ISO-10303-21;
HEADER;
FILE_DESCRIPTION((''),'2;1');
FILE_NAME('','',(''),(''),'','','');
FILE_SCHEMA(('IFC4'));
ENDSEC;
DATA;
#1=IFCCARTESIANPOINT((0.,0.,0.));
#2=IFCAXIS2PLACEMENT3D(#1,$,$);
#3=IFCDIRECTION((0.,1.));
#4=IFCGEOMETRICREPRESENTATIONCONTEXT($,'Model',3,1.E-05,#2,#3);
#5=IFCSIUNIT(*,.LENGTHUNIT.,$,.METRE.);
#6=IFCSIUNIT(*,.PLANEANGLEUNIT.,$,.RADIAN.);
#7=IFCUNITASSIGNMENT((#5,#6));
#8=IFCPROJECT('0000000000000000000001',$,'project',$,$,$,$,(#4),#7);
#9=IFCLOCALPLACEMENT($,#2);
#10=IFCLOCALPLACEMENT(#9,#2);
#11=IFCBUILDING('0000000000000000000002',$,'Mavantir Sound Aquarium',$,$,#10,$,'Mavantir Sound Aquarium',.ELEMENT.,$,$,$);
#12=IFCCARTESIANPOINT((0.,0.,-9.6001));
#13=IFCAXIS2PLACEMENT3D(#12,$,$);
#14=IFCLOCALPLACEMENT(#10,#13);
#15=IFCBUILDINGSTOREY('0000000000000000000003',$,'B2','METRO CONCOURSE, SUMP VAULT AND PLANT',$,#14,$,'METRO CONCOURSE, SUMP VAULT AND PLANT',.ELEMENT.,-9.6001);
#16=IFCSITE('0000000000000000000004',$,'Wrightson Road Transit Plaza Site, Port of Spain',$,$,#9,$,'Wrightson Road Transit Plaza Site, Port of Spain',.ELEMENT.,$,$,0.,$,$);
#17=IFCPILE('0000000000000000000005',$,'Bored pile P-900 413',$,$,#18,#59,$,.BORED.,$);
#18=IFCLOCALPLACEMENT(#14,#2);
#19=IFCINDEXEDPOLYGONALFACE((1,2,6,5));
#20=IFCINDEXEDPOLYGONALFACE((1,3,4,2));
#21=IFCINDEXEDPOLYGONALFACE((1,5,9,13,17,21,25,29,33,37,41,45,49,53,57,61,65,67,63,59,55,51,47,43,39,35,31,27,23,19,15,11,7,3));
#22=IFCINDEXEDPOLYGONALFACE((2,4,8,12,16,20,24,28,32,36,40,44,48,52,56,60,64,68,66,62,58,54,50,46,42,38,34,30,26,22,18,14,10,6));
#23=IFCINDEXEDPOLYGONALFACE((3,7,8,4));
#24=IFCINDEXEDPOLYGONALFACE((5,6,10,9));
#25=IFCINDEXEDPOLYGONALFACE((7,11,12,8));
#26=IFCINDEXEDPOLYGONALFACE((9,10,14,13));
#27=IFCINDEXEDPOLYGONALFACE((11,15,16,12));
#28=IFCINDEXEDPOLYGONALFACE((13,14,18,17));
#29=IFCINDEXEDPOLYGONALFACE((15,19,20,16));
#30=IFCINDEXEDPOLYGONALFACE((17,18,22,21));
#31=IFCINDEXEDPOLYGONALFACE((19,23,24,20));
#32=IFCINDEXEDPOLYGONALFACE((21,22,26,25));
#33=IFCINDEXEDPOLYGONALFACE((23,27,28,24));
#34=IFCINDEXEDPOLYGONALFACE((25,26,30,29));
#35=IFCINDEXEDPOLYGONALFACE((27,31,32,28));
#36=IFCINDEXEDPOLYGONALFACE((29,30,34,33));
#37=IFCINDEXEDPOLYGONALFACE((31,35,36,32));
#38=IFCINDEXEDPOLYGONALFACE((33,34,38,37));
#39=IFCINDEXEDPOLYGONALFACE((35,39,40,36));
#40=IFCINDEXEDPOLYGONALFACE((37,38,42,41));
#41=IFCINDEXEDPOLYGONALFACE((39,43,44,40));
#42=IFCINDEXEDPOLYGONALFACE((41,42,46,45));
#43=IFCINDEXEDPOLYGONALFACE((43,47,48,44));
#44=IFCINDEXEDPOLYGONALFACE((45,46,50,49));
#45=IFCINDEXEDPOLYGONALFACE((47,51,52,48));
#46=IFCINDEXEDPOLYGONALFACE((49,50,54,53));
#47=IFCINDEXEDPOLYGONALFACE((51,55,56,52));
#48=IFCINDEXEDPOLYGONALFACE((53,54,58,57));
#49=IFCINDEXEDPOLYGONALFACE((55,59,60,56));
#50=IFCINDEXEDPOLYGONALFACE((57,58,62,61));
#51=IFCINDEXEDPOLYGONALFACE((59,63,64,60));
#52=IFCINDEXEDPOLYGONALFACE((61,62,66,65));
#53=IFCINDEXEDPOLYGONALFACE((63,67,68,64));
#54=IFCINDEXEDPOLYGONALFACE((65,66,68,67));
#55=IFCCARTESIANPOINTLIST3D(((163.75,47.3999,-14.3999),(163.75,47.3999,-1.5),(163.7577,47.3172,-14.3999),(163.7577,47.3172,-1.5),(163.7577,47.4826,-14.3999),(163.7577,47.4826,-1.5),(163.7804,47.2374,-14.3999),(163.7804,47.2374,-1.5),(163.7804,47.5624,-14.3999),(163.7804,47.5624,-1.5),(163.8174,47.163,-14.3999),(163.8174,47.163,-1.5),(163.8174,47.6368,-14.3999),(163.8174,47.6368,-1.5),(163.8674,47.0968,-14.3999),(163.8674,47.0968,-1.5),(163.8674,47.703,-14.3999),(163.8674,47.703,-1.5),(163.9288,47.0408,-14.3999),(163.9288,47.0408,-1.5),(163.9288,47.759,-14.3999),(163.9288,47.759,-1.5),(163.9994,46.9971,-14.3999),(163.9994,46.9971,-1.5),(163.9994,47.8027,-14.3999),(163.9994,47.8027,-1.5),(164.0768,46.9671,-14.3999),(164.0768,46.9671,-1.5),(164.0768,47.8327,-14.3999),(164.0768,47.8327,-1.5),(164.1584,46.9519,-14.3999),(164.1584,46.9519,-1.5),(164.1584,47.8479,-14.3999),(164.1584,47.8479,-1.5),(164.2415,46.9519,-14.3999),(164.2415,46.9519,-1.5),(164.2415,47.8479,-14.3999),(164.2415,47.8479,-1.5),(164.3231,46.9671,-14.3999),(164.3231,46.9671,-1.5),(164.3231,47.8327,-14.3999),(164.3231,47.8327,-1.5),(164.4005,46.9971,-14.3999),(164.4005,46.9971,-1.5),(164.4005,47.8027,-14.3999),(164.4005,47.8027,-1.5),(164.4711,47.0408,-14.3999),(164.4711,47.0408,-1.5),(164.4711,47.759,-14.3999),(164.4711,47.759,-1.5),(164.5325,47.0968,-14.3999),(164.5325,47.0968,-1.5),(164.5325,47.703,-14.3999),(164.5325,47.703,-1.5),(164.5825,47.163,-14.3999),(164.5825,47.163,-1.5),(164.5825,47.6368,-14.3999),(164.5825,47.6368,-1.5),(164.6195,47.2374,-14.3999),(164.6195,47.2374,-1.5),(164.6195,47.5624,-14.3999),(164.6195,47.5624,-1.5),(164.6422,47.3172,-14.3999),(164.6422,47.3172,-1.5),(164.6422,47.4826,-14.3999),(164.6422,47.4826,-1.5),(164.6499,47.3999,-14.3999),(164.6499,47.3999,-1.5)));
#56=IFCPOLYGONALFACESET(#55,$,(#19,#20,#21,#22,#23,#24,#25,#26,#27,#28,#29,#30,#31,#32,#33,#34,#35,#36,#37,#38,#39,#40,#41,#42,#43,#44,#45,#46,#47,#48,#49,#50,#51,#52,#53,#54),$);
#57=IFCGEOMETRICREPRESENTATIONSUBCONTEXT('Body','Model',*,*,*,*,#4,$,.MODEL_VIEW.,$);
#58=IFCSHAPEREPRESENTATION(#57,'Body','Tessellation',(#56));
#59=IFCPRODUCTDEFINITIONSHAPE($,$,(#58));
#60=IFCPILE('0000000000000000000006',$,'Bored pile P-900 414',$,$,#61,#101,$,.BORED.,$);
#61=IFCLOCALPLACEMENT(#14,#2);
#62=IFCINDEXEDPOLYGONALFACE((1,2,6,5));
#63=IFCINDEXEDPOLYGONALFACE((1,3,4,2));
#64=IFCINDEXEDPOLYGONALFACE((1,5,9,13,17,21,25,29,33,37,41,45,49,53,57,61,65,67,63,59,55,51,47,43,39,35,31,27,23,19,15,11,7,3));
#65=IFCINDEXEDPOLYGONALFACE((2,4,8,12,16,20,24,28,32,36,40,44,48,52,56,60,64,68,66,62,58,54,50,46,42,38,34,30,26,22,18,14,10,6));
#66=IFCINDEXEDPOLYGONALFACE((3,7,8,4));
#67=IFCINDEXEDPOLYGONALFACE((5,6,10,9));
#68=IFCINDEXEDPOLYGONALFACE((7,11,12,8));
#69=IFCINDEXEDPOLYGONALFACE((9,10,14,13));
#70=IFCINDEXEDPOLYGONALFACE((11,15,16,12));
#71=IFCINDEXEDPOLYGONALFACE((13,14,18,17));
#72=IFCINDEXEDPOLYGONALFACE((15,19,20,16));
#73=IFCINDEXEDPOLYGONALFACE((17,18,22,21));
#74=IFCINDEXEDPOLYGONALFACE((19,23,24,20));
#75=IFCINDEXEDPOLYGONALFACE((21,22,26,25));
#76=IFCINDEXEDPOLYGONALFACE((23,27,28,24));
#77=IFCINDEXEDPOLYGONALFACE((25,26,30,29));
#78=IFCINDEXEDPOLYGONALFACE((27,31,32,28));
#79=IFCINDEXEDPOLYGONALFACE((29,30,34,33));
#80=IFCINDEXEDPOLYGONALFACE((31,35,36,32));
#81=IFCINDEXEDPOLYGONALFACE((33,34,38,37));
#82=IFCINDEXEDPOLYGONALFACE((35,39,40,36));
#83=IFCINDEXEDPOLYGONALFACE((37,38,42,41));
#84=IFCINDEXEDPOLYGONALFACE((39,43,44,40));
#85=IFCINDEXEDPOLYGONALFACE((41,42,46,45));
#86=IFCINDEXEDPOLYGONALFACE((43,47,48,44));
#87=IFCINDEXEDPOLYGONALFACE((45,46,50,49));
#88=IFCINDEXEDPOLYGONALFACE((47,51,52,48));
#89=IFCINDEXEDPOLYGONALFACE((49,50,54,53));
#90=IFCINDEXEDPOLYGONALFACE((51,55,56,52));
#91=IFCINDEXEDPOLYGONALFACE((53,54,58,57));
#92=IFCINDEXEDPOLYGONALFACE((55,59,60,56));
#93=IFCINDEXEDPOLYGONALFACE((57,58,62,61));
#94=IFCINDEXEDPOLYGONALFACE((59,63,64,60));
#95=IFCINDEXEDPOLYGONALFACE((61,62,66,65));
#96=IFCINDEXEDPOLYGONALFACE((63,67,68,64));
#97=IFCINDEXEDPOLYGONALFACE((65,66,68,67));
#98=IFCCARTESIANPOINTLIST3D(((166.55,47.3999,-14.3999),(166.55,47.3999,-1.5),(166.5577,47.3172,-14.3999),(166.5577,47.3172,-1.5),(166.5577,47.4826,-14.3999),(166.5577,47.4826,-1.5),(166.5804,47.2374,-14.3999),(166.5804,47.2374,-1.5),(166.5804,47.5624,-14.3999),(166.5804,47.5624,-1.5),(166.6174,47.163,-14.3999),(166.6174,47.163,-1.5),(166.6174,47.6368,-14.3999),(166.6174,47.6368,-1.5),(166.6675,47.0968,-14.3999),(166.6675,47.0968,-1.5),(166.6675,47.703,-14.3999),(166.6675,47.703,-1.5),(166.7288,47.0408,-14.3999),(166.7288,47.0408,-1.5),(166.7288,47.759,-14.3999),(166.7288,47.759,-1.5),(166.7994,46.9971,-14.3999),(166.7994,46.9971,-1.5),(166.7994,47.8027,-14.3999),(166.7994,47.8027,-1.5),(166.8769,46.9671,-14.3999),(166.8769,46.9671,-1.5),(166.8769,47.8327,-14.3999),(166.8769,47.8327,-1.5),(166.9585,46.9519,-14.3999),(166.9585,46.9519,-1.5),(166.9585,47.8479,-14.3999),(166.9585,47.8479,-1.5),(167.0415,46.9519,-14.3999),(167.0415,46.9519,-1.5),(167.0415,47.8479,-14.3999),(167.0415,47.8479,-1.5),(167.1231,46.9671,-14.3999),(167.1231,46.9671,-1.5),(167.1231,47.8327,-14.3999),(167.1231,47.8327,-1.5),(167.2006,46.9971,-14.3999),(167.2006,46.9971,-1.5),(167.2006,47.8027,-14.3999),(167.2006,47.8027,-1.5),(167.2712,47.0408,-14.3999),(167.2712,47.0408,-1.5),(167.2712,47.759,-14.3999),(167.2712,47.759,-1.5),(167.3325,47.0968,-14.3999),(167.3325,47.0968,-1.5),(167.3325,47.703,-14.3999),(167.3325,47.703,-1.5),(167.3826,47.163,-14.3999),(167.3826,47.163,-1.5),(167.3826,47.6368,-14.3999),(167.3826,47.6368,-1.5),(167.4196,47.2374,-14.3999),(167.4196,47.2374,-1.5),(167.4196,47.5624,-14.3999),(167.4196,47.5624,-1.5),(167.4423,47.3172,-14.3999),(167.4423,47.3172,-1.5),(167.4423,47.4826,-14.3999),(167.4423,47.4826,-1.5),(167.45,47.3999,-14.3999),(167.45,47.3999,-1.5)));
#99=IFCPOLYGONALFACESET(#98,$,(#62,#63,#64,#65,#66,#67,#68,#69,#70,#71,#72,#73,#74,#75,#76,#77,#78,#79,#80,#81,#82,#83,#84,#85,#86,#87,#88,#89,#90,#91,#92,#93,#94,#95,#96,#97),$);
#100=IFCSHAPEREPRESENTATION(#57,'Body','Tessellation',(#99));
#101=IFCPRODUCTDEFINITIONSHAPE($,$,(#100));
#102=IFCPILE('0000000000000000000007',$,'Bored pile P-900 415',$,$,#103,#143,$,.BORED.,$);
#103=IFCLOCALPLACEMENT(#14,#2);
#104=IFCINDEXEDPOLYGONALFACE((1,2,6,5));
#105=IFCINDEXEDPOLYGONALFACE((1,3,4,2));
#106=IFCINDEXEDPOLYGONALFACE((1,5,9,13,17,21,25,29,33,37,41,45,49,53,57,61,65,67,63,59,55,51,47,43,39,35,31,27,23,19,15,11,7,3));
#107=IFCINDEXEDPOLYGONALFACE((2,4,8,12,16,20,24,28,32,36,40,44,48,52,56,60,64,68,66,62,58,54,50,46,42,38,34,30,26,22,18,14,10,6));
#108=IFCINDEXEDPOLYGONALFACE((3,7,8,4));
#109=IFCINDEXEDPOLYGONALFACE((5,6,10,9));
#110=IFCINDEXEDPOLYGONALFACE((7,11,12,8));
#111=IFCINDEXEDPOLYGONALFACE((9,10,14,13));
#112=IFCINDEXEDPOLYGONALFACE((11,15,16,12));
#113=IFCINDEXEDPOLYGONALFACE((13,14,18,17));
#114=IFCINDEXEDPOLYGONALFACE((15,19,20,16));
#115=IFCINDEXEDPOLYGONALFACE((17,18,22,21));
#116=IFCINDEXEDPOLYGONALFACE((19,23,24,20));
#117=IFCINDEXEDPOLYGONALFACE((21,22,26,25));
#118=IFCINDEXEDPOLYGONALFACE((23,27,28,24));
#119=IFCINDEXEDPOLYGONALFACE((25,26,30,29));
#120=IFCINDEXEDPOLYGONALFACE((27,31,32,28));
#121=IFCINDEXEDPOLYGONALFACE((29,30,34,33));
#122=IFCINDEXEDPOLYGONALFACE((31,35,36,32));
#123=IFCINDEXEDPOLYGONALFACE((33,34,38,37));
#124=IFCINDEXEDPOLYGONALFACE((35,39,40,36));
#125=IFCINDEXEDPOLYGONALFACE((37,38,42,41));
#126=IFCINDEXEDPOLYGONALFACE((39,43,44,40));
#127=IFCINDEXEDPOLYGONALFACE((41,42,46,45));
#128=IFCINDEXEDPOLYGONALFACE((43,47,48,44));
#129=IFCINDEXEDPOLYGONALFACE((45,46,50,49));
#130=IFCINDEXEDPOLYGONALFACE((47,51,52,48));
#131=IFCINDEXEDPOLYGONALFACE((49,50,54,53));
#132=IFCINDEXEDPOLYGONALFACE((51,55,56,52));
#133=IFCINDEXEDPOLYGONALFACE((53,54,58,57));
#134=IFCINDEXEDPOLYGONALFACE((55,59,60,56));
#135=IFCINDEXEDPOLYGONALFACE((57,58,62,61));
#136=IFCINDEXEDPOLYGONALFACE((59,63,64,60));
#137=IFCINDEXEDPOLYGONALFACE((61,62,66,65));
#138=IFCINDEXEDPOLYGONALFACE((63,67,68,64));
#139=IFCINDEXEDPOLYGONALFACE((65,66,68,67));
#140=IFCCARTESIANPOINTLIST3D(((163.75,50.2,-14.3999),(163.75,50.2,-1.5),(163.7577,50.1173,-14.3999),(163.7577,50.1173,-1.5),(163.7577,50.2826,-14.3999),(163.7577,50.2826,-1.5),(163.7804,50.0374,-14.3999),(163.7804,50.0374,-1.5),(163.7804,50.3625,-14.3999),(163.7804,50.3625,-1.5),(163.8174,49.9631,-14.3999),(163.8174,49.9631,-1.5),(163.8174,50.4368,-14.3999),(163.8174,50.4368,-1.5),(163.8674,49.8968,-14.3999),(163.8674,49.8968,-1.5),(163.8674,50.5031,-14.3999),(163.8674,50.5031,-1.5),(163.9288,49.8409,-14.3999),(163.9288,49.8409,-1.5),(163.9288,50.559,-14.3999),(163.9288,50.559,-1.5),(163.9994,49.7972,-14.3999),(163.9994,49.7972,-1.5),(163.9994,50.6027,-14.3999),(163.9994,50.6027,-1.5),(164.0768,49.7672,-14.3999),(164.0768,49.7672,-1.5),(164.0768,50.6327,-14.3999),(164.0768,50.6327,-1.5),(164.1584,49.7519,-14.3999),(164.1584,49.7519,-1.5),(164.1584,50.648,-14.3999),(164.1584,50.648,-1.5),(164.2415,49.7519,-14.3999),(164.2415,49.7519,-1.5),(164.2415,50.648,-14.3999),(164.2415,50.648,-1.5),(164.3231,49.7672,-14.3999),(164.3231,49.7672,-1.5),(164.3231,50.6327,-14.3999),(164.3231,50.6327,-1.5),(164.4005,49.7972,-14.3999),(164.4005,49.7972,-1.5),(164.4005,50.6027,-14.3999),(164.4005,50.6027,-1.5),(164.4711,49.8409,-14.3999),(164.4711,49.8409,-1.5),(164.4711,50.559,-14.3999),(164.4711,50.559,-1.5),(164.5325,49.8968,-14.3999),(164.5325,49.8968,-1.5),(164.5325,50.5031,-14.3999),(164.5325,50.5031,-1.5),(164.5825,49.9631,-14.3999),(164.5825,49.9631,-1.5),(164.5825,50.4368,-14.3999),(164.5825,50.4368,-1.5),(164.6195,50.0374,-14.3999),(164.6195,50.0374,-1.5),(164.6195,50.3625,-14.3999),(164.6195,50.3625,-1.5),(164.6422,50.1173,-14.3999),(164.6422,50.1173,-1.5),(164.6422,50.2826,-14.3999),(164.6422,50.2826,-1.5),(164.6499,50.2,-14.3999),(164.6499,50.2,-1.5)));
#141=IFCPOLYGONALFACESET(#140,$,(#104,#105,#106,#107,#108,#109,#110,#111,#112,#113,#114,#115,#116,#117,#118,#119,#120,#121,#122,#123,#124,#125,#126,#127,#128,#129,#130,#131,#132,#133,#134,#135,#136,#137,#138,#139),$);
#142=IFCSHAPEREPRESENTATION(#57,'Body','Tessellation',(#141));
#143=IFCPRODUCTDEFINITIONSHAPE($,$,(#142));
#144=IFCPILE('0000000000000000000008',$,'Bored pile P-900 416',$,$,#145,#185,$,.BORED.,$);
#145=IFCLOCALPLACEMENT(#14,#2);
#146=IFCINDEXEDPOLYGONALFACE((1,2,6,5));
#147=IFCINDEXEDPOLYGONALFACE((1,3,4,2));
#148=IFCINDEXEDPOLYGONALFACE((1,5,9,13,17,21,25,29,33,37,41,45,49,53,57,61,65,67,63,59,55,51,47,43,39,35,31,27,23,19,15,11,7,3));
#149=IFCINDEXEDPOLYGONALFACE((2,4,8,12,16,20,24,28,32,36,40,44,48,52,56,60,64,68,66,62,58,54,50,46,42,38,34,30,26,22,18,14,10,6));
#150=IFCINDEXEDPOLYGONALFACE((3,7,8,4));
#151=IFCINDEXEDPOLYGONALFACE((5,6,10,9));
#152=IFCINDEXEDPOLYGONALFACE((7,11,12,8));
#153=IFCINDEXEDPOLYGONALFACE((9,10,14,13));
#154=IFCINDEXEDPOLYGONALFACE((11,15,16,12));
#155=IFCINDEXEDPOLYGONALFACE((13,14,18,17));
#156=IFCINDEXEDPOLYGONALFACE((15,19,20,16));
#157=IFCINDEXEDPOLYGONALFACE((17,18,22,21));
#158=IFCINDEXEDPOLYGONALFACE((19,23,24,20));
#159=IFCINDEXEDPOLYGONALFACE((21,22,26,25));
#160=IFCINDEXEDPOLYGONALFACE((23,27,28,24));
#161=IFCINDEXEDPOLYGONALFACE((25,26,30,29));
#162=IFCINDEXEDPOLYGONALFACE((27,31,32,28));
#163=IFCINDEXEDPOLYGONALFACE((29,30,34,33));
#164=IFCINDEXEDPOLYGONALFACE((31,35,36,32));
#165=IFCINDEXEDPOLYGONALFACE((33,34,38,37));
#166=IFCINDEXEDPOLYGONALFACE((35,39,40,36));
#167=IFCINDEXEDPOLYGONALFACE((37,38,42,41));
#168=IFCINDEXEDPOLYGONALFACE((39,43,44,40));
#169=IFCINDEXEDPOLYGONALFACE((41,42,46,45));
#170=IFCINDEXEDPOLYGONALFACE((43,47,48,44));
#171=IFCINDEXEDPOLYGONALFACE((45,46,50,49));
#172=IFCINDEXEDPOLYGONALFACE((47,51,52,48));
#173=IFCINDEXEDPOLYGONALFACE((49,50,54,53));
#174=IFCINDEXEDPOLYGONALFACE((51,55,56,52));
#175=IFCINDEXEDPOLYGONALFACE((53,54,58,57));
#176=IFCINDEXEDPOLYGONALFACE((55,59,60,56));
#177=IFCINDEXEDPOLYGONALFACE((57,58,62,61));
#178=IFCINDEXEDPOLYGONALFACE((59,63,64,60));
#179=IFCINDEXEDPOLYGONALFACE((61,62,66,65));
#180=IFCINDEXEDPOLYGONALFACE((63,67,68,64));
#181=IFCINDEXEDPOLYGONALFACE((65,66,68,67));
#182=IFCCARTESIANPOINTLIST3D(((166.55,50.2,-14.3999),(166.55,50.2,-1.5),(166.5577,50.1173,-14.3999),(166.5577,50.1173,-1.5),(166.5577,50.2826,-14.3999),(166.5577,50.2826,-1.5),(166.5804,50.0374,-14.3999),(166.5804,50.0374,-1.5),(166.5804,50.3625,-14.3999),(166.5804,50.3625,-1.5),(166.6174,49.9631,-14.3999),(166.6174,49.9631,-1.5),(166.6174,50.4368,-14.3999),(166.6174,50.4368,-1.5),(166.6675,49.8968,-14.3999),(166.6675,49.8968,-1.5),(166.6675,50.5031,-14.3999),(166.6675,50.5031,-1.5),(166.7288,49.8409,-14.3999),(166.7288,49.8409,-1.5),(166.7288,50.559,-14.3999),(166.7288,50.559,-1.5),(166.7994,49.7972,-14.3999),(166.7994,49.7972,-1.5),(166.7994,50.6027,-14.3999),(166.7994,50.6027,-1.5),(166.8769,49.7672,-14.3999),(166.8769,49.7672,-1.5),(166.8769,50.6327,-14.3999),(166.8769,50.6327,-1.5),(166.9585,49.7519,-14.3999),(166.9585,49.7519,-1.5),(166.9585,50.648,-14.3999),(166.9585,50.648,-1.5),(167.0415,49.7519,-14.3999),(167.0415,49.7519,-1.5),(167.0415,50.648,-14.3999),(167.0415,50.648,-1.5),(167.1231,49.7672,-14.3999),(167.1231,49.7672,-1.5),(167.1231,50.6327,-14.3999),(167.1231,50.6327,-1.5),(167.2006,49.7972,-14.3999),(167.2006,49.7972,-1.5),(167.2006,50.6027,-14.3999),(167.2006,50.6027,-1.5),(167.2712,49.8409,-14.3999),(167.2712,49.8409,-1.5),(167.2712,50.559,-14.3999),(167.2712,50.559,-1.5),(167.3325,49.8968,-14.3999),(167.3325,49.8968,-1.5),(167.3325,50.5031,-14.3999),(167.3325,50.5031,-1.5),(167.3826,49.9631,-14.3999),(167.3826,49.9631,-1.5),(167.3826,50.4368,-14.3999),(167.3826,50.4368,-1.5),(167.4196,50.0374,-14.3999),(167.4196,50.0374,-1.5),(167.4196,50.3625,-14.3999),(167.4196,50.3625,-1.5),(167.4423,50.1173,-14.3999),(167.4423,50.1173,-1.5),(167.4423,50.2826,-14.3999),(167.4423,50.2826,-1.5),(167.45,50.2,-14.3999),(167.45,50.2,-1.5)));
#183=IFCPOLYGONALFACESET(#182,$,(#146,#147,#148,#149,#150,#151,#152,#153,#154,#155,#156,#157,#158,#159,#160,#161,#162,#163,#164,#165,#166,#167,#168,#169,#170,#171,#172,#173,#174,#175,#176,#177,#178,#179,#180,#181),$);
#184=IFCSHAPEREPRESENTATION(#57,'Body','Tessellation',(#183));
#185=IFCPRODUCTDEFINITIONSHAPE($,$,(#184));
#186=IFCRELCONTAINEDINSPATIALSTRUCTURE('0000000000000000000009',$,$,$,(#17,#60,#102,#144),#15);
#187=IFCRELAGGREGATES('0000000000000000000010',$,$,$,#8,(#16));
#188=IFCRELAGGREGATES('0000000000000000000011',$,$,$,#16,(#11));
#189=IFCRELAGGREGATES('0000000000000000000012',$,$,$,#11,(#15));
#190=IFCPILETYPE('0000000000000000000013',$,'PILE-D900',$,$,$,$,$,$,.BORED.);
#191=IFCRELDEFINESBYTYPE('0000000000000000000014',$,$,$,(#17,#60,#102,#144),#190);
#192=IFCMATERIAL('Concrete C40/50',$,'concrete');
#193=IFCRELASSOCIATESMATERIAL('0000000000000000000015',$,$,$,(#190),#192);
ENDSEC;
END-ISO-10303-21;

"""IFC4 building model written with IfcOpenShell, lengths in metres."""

from ifc_helpers import new_model, si_unit, direction, frame, origin, origin_2d, place, context, subcontext, project, spatial, circle, extrude, material, material_profile, profile_set, type_object, element, save


model = new_model("IFC4")

# Units and contexts
model_context = context("Model", 3, precision=1e-05, world=origin(), true_north=direction((0.0, 1.0)))
body_context = subcontext(model_context, "Body", "Model", "MODEL_VIEW")
ifc_project = project(units=[si_unit("LENGTHUNIT", "METRE"), si_unit("PLANEANGLEUNIT", "RADIAN")], contexts=[model_context])

# Site, building, storey
site_placement = place(None, origin())
site = spatial("IfcSite", under=ifc_project, at=site_placement, Name="Wrightson Road Transit Plaza Site, Port of Spain", LongName="Wrightson Road Transit Plaza Site, Port of Spain", CompositionType="ELEMENT", RefElevation=0.0)
building_placement = place(site_placement, origin())
building = spatial("IfcBuilding", under=site, at=building_placement, Name="Mavantir Sound Aquarium", LongName="Mavantir Sound Aquarium", CompositionType="ELEMENT")
storey_placement = place(building_placement, frame((0.0, 0.0, -9.6001)))
storey = spatial("IfcBuildingStorey", under=building, at=storey_placement, Name="B2", Description="METRO CONCOURSE, SUMP VAULT AND PLANT", LongName="METRO CONCOURSE, SUMP VAULT AND PLANT", CompositionType="ELEMENT", Elevation=-9.6001)

# Shared definitions
ifc_material_1 = material(Name="Concrete C40/50", Category="concrete")

# Piles
ifc_material_profile_1 = material_profile(ifc_material_1, circle(Radius=0.45, at=origin_2d()), Name="PILE D900")
ifc_profile_set_1 = profile_set([ifc_material_profile_1], Name="Concrete C40/50")
pile_type = type_object("IfcPileType", Name="PILE-D900", PredefinedType="BORED", material=ifc_profile_set_1)
for number, where, z_axis, x_axis, name in (
    (1, (164.2, 47.3999, -1.5), (0.0, 0.0, -1.0), (1.0, 0.0, 0.0), "Bored pile P-900 413"),
    (2, (167.0, 47.3999, -1.5), (0.0, 0.0, -1.0), (1.0, 0.0, 0.0), "Bored pile P-900 414"),
    (3, (164.2, 50.2, -1.5), (0.0, 0.0, -1.0), (1.0, 0.0, 0.0), "Bored pile P-900 415"),
    (4, (167.0, 50.2, -1.5), (0.0, 0.0, -1.0), (1.0, 0.0, 0.0), "Bored pile P-900 416"),
):
    element("IfcPile", number, at=place(storey_placement, frame(where, z_axis=z_axis, x_axis=x_axis)), inside=storey, type_object=pile_type, Name=name, PredefinedType="BORED", context=body_context, shape_type="SweptSolid", body=[
        extrude(circle(Radius=0.45, at=origin_2d()), origin(), (0.0, 0.0, 1.0), 12.8999),
    ])

save(model, "model.ifc")
